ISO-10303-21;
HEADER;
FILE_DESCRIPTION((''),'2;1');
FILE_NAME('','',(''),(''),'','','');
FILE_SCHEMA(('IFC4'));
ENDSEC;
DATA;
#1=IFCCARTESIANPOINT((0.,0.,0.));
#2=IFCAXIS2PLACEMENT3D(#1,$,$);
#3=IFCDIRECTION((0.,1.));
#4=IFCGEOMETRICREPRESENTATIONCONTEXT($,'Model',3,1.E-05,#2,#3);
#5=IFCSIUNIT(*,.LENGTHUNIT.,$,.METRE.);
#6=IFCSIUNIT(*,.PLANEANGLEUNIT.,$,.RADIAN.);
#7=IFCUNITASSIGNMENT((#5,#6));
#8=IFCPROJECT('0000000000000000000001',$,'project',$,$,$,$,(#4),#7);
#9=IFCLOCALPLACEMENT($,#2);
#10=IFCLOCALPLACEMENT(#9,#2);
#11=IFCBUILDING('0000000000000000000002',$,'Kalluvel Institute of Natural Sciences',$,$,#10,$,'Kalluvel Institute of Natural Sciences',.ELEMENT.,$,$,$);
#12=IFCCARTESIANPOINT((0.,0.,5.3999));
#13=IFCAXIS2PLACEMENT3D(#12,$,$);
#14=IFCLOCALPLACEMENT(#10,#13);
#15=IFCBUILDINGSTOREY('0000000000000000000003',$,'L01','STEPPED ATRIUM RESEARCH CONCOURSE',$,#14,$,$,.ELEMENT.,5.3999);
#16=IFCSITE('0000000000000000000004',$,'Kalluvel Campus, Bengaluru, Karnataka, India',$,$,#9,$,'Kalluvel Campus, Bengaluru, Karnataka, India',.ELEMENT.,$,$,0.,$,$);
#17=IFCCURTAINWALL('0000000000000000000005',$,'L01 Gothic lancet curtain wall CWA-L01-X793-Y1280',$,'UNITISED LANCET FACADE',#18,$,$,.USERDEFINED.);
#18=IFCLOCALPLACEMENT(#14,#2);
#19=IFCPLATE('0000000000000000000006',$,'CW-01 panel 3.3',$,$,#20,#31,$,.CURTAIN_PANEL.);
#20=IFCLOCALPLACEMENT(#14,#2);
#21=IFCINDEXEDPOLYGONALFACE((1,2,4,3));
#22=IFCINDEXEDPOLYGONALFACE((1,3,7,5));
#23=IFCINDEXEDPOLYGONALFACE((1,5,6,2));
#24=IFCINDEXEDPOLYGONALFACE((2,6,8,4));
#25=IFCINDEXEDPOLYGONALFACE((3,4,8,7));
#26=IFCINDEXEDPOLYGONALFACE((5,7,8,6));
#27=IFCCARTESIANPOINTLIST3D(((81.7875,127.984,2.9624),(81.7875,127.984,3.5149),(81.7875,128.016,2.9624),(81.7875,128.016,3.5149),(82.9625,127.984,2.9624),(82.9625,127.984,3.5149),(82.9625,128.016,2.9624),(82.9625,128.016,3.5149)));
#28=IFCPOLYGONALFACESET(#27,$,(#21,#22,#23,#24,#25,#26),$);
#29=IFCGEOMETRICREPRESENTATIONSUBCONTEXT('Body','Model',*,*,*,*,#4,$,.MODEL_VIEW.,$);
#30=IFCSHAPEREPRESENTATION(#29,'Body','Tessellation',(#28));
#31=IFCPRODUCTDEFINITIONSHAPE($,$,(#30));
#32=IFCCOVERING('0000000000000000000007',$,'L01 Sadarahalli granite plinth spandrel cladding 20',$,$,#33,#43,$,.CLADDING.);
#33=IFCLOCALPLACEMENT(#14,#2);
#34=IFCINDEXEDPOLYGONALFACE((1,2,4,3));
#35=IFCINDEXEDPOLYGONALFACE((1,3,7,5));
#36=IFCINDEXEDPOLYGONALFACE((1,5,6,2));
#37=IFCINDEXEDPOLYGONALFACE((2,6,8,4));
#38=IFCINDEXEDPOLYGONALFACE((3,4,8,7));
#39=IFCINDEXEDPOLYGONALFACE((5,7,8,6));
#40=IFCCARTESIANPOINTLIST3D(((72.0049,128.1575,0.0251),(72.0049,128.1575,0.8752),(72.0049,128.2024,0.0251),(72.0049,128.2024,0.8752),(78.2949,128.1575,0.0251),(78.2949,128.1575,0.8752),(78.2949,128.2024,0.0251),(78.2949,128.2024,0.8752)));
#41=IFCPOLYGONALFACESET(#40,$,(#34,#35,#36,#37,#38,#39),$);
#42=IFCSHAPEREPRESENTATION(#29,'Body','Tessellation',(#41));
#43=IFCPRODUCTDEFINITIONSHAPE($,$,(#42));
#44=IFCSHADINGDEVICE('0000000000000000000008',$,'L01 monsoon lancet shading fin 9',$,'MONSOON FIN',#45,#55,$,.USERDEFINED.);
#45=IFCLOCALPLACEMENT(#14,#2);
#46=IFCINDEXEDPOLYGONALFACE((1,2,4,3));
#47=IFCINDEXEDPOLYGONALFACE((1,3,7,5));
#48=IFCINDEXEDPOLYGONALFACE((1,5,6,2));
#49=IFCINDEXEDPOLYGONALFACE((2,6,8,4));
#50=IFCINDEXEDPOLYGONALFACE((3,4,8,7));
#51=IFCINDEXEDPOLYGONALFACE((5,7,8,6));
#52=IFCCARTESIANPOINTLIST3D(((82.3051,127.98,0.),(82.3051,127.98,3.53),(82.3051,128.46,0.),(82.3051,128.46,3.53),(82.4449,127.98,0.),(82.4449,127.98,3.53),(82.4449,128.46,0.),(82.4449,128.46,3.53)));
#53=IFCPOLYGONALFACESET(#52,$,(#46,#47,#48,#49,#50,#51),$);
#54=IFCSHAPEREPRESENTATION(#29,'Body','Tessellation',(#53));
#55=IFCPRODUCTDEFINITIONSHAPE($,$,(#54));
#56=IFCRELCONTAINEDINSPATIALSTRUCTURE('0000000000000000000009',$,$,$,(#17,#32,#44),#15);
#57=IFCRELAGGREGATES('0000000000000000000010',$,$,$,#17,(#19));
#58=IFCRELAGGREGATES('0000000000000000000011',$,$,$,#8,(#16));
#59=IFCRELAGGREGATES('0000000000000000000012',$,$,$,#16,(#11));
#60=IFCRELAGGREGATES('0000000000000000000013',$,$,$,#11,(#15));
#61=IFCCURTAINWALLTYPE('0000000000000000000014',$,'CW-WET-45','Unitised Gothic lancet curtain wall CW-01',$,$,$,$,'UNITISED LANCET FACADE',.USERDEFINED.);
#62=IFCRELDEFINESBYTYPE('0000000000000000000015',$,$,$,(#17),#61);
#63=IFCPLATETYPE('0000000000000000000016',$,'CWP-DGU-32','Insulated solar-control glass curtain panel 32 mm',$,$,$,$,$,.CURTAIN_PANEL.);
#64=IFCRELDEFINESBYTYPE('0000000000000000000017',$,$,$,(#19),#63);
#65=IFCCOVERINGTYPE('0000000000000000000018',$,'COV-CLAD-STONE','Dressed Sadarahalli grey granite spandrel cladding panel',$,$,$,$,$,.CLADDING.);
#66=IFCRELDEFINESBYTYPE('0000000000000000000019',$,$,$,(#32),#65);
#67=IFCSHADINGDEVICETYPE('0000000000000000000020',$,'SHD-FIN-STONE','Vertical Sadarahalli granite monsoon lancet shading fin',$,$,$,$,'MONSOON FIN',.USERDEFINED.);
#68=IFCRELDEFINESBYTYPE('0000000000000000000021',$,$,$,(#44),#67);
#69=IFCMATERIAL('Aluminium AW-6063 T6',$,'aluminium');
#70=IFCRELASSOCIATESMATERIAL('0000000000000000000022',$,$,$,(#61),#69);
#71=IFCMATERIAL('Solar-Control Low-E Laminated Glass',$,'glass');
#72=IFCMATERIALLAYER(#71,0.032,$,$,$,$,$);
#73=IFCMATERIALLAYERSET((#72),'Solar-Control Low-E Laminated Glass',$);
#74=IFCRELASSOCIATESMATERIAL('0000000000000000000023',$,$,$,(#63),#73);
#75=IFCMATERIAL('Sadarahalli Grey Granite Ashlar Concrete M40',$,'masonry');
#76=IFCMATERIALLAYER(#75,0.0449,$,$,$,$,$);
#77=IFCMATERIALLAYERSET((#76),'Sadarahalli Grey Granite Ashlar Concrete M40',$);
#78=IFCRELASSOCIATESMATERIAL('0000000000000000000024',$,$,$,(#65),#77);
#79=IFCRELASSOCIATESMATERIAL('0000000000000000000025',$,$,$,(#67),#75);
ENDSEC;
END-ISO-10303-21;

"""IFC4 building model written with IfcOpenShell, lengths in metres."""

from ifc_helpers import new_model, si_unit, direction, frame, origin, origin_2d, place, context, subcontext, project, spatial, rectangle, extrude, material, layer, layer_set, type_object, element, aggregate, save


model = new_model("IFC4")

# Units and contexts
model_context = context("Model", 3, precision=1e-05, world=origin(), true_north=direction((0.0, 1.0)))
body_context = subcontext(model_context, "Body", "Model", "MODEL_VIEW")
ifc_project = project(units=[si_unit("LENGTHUNIT", "METRE"), si_unit("PLANEANGLEUNIT", "RADIAN")], contexts=[model_context])

# Site, building, storey
site_placement = place(None, origin())
site = spatial("IfcSite", under=ifc_project, at=site_placement, Name="Kalluvel Campus, Bengaluru, Karnataka, India", LongName="Kalluvel Campus, Bengaluru, Karnataka, India", CompositionType="ELEMENT", RefElevation=0.0)
building_placement = place(site_placement, origin())
building = spatial("IfcBuilding", under=site, at=building_placement, Name="Kalluvel Institute of Natural Sciences", LongName="Kalluvel Institute of Natural Sciences", CompositionType="ELEMENT")
storey_placement = place(building_placement, frame((0.0, 0.0, 5.3999)))
storey = spatial("IfcBuildingStorey", under=building, at=storey_placement, Name="L01", Description="STEPPED ATRIUM RESEARCH CONCOURSE", CompositionType="ELEMENT", Elevation=5.3999)

# Curtain wall, plate
ifc_material_1 = material(Name="Aluminium AW-6063 T6", Category="aluminium")
curtain_wall_type = type_object("IfcCurtainWallType", Name="CW-WET-45", Description="Unitised Gothic lancet curtain wall CW-01", ElementType="UNITISED LANCET FACADE", PredefinedType="USERDEFINED", material=ifc_material_1)
curtain_wall_placement = place(storey_placement, origin())
curtain_wall = element("IfcCurtainWall", 1, at=curtain_wall_placement, inside=storey, type_object=curtain_wall_type, Name="L01 Gothic lancet curtain wall CWA-L01-X793-Y1280", ObjectType="UNITISED LANCET FACADE", PredefinedType="USERDEFINED")
ifc_material_2 = material(Name="Solar-Control Low-E Laminated Glass", Category="glass")
ifc_layer_1 = layer(ifc_material_2, 0.032)
ifc_layer_set_1 = layer_set([ifc_layer_1], Name="Solar-Control Low-E Laminated Glass")
plate_type = type_object("IfcPlateType", Name="CWP-DGU-32", Description="Insulated solar-control glass curtain panel 32 mm", PredefinedType="CURTAIN_PANEL", material=ifc_layer_set_1)
plate_1_placement = place(storey_placement, frame((82.375, 128.0, 2.9624), z_axis=(0.0, 0.0, 1.0), x_axis=(1.0, 0.0, 0.0)))
plate_1 = element("IfcPlate", 2, at=plate_1_placement, type_object=plate_type, Name="CW-01 panel 3.3", PredefinedType="CURTAIN_PANEL", context=body_context, shape_type="SweptSolid", body=[
    extrude(rectangle(XDim=1.175, YDim=0.032, at=origin_2d()), origin(), (0.0, 0.0, 1.0), 0.5525),
])
aggregate(curtain_wall, [plate_1])

# Covering
ifc_material_3 = material(Name="Sadarahalli Grey Granite Ashlar Concrete M40", Category="masonry")
ifc_layer_2 = layer(ifc_material_3, 0.0449)
ifc_layer_set_2 = layer_set([ifc_layer_2], Name="Sadarahalli Grey Granite Ashlar Concrete M40")
covering_type = type_object("IfcCoveringType", Name="COV-CLAD-STONE", Description="Dressed Sadarahalli grey granite spandrel cladding panel", PredefinedType="CLADDING", material=ifc_layer_set_2)
covering_placement = place(storey_placement, frame((75.1499, 128.1799, 0.0251), z_axis=(0.0, 0.0, 1.0), x_axis=(1.0, 0.0, 0.0)))
element("IfcCovering", 3, at=covering_placement, inside=storey, type_object=covering_type, Name="L01 Sadarahalli granite plinth spandrel cladding 20", PredefinedType="CLADDING", context=body_context, shape_type="SweptSolid", body=[
    extrude(rectangle(XDim=6.29, YDim=0.0449, at=origin_2d()), origin(), (0.0, 0.0, 1.0), 0.8501),
])

# Shading device
shading_device_type = type_object("IfcShadingDeviceType", Name="SHD-FIN-STONE", Description="Vertical Sadarahalli granite monsoon lancet shading fin", ElementType="MONSOON FIN", PredefinedType="USERDEFINED", material=ifc_material_3)
shading_device_placement = place(storey_placement, frame((82.375, 128.22, 0.0), z_axis=(0.0, 0.0, 1.0), x_axis=(1.0, 0.0, 0.0)))
element("IfcShadingDevice", 4, at=shading_device_placement, inside=storey, type_object=shading_device_type, Name="L01 monsoon lancet shading fin 9", ObjectType="MONSOON FIN", PredefinedType="USERDEFINED", context=body_context, shape_type="SweptSolid", body=[
    extrude(rectangle(XDim=0.1399, YDim=0.48, at=origin_2d()), origin(), (0.0, 0.0, 1.0), 3.53),
])

save(model, "model.ifc")
